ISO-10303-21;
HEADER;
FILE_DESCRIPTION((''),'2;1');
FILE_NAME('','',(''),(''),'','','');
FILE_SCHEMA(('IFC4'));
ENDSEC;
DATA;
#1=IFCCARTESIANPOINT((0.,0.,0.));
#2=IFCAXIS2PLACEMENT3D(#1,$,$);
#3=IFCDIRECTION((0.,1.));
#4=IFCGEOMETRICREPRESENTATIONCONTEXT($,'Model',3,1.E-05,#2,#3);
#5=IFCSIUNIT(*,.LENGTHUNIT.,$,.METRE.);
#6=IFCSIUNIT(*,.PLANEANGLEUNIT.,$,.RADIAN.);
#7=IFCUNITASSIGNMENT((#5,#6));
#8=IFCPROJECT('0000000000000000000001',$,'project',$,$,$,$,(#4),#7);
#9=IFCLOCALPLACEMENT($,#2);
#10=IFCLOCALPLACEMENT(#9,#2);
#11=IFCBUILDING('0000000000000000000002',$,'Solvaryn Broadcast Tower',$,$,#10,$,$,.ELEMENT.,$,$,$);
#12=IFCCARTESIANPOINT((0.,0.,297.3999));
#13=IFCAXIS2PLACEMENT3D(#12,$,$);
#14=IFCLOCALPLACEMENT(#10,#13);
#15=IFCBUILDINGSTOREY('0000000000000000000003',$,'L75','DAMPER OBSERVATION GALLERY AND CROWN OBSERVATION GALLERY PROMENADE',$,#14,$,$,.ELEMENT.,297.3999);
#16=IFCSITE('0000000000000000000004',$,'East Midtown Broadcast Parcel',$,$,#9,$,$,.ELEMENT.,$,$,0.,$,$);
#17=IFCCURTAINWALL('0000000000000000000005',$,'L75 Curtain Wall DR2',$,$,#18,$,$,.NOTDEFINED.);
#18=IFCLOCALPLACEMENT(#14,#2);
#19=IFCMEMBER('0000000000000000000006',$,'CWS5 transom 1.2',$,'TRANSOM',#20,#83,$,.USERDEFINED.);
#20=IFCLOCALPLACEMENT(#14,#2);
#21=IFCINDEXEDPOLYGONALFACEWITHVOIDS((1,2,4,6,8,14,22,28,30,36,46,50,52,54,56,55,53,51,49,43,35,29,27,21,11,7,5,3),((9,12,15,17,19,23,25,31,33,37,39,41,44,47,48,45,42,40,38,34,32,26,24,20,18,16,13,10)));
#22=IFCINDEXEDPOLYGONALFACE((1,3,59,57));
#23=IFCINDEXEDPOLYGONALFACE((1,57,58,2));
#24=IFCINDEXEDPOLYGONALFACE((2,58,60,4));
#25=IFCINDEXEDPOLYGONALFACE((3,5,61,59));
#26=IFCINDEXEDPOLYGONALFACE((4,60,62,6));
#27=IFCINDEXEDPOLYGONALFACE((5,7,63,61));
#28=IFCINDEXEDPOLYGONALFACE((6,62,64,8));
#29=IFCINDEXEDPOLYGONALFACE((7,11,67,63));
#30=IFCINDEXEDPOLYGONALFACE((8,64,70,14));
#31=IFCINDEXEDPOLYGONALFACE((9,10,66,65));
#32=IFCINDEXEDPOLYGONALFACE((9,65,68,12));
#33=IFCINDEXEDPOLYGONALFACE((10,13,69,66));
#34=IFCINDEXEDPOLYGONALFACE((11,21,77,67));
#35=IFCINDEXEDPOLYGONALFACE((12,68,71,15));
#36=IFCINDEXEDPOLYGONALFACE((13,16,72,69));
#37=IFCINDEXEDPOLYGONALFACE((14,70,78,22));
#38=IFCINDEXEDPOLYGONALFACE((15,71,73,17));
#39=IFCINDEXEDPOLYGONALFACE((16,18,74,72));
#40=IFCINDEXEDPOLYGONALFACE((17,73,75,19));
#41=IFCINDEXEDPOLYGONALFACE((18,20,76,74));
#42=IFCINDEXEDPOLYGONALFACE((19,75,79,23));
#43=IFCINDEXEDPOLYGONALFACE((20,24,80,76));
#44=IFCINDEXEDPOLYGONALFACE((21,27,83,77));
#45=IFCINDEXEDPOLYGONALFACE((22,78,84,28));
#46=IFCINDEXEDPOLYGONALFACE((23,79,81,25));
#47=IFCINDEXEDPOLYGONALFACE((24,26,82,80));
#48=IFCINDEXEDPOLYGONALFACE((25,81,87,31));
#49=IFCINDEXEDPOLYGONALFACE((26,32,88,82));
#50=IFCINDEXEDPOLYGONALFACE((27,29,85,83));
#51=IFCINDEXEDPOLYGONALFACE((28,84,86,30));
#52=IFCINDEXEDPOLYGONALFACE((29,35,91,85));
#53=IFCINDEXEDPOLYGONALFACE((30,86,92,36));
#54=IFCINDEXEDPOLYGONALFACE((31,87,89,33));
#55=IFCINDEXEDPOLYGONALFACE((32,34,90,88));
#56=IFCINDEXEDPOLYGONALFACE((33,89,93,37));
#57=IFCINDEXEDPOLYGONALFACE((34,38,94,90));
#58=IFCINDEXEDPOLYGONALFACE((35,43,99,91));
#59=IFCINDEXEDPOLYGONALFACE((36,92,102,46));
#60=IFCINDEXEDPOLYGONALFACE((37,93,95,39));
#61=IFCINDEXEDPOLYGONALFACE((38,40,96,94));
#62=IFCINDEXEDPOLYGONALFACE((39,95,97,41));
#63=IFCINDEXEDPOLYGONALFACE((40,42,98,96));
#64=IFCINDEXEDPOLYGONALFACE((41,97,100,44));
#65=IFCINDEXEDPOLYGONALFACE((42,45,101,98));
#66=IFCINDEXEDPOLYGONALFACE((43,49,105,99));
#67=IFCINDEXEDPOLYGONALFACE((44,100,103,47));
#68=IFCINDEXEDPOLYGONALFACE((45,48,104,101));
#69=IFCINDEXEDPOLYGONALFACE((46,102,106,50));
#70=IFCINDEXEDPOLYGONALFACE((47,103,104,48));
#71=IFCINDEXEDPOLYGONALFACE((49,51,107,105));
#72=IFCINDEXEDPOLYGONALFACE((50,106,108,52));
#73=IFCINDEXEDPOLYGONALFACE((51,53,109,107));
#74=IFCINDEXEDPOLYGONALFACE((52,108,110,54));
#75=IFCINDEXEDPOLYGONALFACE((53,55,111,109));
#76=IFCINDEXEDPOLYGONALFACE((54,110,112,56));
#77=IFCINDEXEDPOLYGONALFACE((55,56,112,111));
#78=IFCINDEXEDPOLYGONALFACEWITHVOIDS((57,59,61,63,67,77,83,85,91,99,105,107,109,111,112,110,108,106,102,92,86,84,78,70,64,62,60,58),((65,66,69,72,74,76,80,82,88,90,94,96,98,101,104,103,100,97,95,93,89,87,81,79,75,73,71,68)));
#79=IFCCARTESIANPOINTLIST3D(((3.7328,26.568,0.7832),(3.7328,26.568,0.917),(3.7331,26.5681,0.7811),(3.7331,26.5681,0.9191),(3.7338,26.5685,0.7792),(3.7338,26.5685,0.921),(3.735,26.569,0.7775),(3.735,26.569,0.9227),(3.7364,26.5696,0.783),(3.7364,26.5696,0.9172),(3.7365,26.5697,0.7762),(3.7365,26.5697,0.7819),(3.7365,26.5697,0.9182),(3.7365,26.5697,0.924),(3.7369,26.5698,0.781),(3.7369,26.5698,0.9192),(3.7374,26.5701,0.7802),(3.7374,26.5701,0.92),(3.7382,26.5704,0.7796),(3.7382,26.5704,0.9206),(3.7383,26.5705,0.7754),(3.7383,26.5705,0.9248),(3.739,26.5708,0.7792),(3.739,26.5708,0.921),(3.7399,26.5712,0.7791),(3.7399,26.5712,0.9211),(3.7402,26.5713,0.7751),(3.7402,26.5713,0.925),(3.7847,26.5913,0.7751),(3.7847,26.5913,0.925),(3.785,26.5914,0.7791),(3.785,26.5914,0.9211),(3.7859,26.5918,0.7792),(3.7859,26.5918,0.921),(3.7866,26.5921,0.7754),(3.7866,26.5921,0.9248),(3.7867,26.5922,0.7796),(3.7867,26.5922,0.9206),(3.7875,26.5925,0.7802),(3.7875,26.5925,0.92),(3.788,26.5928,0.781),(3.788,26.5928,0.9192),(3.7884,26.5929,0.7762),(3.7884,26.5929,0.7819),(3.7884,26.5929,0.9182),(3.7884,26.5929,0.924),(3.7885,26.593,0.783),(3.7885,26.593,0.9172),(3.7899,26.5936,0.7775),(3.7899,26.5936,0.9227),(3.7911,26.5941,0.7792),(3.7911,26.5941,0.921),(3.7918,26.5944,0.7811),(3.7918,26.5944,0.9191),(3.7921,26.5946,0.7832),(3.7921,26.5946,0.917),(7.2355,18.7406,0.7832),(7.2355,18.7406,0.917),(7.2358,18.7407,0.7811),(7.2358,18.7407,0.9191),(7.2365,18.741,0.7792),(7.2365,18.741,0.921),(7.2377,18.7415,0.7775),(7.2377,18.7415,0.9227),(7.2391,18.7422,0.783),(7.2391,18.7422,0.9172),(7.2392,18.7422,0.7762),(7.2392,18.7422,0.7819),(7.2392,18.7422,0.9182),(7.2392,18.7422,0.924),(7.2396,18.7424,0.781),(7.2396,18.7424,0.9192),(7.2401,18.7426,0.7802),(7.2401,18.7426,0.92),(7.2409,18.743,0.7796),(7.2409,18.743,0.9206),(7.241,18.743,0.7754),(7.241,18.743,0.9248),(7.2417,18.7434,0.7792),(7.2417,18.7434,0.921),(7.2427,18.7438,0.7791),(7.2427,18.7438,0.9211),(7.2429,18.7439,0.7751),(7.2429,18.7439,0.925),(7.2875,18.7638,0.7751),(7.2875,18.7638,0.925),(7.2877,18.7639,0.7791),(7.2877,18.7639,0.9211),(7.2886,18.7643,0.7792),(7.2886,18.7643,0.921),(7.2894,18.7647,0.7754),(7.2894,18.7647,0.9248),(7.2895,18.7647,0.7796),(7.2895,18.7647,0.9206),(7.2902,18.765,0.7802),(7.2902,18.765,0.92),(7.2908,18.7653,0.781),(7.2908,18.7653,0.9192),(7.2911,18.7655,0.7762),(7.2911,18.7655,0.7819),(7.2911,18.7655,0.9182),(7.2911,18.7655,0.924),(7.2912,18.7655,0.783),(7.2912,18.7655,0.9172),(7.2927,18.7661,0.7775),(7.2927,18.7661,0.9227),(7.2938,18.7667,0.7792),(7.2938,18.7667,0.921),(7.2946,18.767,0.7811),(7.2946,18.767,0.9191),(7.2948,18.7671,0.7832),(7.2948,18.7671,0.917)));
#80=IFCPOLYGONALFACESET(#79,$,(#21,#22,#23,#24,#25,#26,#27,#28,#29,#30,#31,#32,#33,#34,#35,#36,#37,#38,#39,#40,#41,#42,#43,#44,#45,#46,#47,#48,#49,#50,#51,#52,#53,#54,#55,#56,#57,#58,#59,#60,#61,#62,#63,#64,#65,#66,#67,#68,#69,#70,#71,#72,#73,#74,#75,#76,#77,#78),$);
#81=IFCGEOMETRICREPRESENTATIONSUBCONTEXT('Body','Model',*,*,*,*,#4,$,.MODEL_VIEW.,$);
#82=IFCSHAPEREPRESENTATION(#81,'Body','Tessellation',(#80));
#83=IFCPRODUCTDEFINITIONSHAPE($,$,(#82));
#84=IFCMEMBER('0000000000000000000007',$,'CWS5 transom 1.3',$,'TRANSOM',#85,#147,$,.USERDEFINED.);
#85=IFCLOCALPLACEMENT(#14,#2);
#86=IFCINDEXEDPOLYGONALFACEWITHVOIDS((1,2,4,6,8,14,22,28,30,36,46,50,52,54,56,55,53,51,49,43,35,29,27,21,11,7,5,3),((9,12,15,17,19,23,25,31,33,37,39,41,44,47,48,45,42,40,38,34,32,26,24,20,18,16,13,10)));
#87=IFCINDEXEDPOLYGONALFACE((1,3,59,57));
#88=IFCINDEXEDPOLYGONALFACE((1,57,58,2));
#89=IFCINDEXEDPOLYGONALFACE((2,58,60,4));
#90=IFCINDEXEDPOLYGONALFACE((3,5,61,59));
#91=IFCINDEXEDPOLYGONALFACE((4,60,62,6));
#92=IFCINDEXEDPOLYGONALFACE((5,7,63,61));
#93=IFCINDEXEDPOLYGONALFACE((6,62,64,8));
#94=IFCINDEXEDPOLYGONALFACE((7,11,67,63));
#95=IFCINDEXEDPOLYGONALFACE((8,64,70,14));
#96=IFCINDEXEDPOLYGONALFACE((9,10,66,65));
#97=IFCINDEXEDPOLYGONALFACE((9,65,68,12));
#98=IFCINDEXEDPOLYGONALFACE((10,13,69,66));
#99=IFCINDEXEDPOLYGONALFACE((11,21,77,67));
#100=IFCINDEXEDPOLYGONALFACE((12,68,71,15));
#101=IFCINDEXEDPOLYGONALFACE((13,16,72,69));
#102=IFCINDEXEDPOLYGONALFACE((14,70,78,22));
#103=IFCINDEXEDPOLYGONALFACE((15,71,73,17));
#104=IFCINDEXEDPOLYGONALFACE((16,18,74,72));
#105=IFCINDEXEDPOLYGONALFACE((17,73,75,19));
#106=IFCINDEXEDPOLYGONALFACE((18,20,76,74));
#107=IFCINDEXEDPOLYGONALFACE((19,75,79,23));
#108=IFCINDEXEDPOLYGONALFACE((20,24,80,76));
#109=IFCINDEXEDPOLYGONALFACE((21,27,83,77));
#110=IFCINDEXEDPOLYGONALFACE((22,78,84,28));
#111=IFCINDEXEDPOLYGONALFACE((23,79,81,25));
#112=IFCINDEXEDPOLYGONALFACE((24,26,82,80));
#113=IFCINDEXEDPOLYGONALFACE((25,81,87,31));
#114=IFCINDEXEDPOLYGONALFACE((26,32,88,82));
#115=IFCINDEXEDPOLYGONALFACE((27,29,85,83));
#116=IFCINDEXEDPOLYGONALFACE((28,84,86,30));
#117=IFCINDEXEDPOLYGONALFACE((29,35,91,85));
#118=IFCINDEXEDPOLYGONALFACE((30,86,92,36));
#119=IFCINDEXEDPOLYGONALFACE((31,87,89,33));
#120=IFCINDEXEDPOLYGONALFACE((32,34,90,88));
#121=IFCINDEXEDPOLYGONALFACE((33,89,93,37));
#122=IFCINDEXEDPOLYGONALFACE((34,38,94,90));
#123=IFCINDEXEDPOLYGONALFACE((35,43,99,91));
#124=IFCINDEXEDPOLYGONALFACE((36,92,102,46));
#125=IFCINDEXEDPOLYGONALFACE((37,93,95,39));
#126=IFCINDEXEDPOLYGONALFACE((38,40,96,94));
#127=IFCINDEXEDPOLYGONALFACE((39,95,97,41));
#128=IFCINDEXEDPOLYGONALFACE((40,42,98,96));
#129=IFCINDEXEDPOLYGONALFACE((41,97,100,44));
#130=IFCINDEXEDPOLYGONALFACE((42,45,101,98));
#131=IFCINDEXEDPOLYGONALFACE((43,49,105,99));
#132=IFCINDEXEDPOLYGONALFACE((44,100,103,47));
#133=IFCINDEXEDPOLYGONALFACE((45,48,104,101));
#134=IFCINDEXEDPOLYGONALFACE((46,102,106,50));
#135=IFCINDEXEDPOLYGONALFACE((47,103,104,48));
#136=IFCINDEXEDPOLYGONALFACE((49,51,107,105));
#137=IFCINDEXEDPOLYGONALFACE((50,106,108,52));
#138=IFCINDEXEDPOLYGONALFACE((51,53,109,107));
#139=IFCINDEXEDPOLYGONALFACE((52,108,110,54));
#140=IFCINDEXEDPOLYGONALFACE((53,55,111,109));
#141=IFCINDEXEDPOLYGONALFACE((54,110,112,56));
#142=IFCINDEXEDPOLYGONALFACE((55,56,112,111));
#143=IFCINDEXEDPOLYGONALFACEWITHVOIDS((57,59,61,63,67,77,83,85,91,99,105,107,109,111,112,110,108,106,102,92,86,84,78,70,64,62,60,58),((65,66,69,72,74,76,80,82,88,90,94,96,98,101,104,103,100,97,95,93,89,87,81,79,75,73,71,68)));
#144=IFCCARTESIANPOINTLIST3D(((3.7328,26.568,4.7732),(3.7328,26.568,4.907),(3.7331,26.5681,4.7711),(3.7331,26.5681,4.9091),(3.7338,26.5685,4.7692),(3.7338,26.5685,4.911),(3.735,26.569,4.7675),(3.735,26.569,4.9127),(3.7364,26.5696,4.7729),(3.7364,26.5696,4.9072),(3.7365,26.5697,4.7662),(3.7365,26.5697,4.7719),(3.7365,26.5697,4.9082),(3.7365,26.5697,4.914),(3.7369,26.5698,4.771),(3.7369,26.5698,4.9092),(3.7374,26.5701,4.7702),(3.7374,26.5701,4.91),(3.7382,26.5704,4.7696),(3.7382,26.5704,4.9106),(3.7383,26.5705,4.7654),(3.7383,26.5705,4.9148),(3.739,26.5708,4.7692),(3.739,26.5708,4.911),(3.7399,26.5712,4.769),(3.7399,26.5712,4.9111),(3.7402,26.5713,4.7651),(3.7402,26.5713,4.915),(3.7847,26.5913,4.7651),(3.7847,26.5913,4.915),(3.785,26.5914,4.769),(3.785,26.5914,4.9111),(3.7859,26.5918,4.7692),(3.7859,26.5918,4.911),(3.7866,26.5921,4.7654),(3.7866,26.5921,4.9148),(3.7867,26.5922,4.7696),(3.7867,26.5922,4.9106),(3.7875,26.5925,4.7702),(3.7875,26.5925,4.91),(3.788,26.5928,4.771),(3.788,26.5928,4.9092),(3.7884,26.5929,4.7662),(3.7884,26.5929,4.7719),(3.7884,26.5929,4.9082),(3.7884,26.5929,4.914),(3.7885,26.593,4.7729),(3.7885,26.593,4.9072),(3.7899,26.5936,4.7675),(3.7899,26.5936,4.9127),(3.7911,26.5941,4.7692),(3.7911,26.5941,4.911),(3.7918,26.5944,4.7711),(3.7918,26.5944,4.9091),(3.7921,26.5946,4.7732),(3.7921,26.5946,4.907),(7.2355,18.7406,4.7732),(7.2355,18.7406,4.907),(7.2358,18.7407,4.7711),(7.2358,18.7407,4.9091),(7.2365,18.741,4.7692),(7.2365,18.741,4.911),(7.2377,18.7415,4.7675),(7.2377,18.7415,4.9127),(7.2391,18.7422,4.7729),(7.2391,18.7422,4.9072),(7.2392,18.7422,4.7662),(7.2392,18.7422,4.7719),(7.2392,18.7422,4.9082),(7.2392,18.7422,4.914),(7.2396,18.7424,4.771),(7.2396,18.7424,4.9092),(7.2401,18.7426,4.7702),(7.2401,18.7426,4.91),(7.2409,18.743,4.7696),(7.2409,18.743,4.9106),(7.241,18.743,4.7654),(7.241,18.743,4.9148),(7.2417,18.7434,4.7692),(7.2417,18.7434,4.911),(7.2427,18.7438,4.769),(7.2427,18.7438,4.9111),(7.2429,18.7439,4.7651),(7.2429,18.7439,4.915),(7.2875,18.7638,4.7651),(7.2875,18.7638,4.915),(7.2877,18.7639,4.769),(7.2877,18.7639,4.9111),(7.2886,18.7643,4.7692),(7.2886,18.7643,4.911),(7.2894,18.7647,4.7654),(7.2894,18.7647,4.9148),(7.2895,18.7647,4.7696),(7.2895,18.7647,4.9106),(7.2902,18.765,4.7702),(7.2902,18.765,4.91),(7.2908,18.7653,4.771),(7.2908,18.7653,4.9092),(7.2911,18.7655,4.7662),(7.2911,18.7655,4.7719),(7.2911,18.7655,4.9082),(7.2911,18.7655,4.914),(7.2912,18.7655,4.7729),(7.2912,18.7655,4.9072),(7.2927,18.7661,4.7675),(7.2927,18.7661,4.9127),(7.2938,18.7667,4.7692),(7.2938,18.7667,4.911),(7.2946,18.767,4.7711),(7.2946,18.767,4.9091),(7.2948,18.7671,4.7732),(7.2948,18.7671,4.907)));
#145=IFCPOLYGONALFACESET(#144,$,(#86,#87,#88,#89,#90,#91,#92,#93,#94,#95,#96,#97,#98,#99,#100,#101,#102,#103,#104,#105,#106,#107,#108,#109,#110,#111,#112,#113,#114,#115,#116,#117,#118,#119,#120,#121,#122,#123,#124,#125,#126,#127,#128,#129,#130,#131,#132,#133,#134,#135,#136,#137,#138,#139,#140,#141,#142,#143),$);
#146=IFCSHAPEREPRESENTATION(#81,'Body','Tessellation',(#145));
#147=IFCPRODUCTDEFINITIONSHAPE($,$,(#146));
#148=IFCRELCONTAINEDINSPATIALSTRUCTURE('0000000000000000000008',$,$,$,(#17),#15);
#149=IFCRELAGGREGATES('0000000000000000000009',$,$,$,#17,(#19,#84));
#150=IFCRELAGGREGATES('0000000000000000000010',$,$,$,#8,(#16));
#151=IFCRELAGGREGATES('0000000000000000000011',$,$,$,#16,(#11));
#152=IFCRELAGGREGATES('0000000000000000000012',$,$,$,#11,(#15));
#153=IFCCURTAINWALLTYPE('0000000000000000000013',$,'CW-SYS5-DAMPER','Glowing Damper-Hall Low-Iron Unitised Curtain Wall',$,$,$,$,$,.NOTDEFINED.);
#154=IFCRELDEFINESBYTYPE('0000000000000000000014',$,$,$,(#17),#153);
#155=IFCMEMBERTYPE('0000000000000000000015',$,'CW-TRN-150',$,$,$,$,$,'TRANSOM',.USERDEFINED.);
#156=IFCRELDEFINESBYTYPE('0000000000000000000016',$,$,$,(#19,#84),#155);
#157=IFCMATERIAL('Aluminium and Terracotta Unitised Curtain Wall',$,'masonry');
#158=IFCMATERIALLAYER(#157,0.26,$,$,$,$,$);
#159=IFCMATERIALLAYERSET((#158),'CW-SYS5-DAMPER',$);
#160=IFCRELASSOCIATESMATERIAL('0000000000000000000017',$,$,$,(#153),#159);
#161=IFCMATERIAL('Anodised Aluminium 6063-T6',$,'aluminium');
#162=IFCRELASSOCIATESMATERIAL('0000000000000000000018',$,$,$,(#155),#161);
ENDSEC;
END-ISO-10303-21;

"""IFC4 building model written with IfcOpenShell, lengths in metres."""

from ifc_helpers import new_model, si_unit, direction, frame, origin, origin_2d, place, context, subcontext, project, spatial, hollow_rectangle, extrude, material, layer, layer_set, material_profile, profile_set, type_object, element, aggregate, save


model = new_model("IFC4")

# Units and contexts
model_context = context("Model", 3, precision=1e-05, world=origin(), true_north=direction((0.0, 1.0)))
body_context = subcontext(model_context, "Body", "Model", "MODEL_VIEW")
ifc_project = project(units=[si_unit("LENGTHUNIT", "METRE"), si_unit("PLANEANGLEUNIT", "RADIAN")], contexts=[model_context])

# Site, building, storey
site_placement = place(None, origin())
site = spatial("IfcSite", under=ifc_project, at=site_placement, Name="East Midtown Broadcast Parcel", CompositionType="ELEMENT", RefElevation=0.0)
building_placement = place(site_placement, origin())
building = spatial("IfcBuilding", under=site, at=building_placement, Name="Solvaryn Broadcast Tower", CompositionType="ELEMENT")
storey_placement = place(building_placement, frame((0.0, 0.0, 297.3999)))
storey = spatial("IfcBuildingStorey", under=building, at=storey_placement, Name="L75", Description="DAMPER OBSERVATION GALLERY AND CROWN OBSERVATION GALLERY PROMENADE", CompositionType="ELEMENT", Elevation=297.3999)

# Shared definitions
ifc_material_1 = material(Name="Aluminium and Terracotta Unitised Curtain Wall", Category="masonry")
ifc_layer_1 = layer(ifc_material_1, 0.26)
ifc_layer_set_1 = layer_set([ifc_layer_1], Name="CW-SYS5-DAMPER")
curtain_wall_type = type_object("IfcCurtainWallType", Name="CW-SYS5-DAMPER", Description="Glowing Damper-Hall Low-Iron Unitised Curtain Wall", PredefinedType="NOTDEFINED", material=ifc_layer_set_1)

# Curtain wall, members
curtain_wall_1_placement = place(storey_placement, origin())
curtain_wall_1 = element("IfcCurtainWall", 1, at=curtain_wall_1_placement, inside=storey, type_object=curtain_wall_type, Name="L75 Curtain Wall DR2", PredefinedType="NOTDEFINED")
ifc_material_2 = material(Name="Anodised Aluminium 6063-T6", Category="aluminium")
ifc_material_profile_1 = material_profile(ifc_material_2, hollow_rectangle(XDim=0.0649, YDim=0.1499, WallThickness=0.0039, InnerFilletRadius=0.0039, OuterFilletRadius=0.0081, at=origin_2d()))
ifc_profile_set_1 = profile_set([ifc_material_profile_1], Name="Anodised Aluminium 6063-T6")
member_type_1 = type_object("IfcMemberType", Name="CW-TRN-150", ElementType="TRANSOM", PredefinedType="USERDEFINED", material=ifc_profile_set_1)
member_1_placement = place(storey_placement, frame((3.7625, 26.5813, 0.8501), z_axis=(0.408459, -0.912777, 0.0), x_axis=(0.912777, 0.408459, 0.0)))
member_1 = element("IfcMember", 2, at=member_1_placement, type_object=member_type_1, Name="CWS5 transom 1.2", ObjectType="TRANSOM", PredefinedType="USERDEFINED", context=body_context, shape_type="SweptSolid", body=[
    extrude(hollow_rectangle(XDim=0.0649, YDim=0.1499, WallThickness=0.0039, InnerFilletRadius=0.0039, OuterFilletRadius=0.0081, at=origin_2d()), origin(), (0.0, 0.0, 1.0), 8.5754),
])
member_2_placement = place(storey_placement, frame((3.7625, 26.5813, 4.8401), z_axis=(0.408459, -0.912777, 0.0), x_axis=(0.912777, 0.408459, 0.0)))
member_2 = element("IfcMember", 3, at=member_2_placement, type_object=member_type_1, Name="CWS5 transom 1.3", ObjectType="TRANSOM", PredefinedType="USERDEFINED", context=body_context, shape_type="SweptSolid", body=[
    extrude(hollow_rectangle(XDim=0.0649, YDim=0.1499, WallThickness=0.0039, InnerFilletRadius=0.0039, OuterFilletRadius=0.0081, at=origin_2d()), origin(), (0.0, 0.0, 1.0), 8.5754),
])

aggregate(curtain_wall_1, [member_1, member_2])

save(model, "model.ifc")
